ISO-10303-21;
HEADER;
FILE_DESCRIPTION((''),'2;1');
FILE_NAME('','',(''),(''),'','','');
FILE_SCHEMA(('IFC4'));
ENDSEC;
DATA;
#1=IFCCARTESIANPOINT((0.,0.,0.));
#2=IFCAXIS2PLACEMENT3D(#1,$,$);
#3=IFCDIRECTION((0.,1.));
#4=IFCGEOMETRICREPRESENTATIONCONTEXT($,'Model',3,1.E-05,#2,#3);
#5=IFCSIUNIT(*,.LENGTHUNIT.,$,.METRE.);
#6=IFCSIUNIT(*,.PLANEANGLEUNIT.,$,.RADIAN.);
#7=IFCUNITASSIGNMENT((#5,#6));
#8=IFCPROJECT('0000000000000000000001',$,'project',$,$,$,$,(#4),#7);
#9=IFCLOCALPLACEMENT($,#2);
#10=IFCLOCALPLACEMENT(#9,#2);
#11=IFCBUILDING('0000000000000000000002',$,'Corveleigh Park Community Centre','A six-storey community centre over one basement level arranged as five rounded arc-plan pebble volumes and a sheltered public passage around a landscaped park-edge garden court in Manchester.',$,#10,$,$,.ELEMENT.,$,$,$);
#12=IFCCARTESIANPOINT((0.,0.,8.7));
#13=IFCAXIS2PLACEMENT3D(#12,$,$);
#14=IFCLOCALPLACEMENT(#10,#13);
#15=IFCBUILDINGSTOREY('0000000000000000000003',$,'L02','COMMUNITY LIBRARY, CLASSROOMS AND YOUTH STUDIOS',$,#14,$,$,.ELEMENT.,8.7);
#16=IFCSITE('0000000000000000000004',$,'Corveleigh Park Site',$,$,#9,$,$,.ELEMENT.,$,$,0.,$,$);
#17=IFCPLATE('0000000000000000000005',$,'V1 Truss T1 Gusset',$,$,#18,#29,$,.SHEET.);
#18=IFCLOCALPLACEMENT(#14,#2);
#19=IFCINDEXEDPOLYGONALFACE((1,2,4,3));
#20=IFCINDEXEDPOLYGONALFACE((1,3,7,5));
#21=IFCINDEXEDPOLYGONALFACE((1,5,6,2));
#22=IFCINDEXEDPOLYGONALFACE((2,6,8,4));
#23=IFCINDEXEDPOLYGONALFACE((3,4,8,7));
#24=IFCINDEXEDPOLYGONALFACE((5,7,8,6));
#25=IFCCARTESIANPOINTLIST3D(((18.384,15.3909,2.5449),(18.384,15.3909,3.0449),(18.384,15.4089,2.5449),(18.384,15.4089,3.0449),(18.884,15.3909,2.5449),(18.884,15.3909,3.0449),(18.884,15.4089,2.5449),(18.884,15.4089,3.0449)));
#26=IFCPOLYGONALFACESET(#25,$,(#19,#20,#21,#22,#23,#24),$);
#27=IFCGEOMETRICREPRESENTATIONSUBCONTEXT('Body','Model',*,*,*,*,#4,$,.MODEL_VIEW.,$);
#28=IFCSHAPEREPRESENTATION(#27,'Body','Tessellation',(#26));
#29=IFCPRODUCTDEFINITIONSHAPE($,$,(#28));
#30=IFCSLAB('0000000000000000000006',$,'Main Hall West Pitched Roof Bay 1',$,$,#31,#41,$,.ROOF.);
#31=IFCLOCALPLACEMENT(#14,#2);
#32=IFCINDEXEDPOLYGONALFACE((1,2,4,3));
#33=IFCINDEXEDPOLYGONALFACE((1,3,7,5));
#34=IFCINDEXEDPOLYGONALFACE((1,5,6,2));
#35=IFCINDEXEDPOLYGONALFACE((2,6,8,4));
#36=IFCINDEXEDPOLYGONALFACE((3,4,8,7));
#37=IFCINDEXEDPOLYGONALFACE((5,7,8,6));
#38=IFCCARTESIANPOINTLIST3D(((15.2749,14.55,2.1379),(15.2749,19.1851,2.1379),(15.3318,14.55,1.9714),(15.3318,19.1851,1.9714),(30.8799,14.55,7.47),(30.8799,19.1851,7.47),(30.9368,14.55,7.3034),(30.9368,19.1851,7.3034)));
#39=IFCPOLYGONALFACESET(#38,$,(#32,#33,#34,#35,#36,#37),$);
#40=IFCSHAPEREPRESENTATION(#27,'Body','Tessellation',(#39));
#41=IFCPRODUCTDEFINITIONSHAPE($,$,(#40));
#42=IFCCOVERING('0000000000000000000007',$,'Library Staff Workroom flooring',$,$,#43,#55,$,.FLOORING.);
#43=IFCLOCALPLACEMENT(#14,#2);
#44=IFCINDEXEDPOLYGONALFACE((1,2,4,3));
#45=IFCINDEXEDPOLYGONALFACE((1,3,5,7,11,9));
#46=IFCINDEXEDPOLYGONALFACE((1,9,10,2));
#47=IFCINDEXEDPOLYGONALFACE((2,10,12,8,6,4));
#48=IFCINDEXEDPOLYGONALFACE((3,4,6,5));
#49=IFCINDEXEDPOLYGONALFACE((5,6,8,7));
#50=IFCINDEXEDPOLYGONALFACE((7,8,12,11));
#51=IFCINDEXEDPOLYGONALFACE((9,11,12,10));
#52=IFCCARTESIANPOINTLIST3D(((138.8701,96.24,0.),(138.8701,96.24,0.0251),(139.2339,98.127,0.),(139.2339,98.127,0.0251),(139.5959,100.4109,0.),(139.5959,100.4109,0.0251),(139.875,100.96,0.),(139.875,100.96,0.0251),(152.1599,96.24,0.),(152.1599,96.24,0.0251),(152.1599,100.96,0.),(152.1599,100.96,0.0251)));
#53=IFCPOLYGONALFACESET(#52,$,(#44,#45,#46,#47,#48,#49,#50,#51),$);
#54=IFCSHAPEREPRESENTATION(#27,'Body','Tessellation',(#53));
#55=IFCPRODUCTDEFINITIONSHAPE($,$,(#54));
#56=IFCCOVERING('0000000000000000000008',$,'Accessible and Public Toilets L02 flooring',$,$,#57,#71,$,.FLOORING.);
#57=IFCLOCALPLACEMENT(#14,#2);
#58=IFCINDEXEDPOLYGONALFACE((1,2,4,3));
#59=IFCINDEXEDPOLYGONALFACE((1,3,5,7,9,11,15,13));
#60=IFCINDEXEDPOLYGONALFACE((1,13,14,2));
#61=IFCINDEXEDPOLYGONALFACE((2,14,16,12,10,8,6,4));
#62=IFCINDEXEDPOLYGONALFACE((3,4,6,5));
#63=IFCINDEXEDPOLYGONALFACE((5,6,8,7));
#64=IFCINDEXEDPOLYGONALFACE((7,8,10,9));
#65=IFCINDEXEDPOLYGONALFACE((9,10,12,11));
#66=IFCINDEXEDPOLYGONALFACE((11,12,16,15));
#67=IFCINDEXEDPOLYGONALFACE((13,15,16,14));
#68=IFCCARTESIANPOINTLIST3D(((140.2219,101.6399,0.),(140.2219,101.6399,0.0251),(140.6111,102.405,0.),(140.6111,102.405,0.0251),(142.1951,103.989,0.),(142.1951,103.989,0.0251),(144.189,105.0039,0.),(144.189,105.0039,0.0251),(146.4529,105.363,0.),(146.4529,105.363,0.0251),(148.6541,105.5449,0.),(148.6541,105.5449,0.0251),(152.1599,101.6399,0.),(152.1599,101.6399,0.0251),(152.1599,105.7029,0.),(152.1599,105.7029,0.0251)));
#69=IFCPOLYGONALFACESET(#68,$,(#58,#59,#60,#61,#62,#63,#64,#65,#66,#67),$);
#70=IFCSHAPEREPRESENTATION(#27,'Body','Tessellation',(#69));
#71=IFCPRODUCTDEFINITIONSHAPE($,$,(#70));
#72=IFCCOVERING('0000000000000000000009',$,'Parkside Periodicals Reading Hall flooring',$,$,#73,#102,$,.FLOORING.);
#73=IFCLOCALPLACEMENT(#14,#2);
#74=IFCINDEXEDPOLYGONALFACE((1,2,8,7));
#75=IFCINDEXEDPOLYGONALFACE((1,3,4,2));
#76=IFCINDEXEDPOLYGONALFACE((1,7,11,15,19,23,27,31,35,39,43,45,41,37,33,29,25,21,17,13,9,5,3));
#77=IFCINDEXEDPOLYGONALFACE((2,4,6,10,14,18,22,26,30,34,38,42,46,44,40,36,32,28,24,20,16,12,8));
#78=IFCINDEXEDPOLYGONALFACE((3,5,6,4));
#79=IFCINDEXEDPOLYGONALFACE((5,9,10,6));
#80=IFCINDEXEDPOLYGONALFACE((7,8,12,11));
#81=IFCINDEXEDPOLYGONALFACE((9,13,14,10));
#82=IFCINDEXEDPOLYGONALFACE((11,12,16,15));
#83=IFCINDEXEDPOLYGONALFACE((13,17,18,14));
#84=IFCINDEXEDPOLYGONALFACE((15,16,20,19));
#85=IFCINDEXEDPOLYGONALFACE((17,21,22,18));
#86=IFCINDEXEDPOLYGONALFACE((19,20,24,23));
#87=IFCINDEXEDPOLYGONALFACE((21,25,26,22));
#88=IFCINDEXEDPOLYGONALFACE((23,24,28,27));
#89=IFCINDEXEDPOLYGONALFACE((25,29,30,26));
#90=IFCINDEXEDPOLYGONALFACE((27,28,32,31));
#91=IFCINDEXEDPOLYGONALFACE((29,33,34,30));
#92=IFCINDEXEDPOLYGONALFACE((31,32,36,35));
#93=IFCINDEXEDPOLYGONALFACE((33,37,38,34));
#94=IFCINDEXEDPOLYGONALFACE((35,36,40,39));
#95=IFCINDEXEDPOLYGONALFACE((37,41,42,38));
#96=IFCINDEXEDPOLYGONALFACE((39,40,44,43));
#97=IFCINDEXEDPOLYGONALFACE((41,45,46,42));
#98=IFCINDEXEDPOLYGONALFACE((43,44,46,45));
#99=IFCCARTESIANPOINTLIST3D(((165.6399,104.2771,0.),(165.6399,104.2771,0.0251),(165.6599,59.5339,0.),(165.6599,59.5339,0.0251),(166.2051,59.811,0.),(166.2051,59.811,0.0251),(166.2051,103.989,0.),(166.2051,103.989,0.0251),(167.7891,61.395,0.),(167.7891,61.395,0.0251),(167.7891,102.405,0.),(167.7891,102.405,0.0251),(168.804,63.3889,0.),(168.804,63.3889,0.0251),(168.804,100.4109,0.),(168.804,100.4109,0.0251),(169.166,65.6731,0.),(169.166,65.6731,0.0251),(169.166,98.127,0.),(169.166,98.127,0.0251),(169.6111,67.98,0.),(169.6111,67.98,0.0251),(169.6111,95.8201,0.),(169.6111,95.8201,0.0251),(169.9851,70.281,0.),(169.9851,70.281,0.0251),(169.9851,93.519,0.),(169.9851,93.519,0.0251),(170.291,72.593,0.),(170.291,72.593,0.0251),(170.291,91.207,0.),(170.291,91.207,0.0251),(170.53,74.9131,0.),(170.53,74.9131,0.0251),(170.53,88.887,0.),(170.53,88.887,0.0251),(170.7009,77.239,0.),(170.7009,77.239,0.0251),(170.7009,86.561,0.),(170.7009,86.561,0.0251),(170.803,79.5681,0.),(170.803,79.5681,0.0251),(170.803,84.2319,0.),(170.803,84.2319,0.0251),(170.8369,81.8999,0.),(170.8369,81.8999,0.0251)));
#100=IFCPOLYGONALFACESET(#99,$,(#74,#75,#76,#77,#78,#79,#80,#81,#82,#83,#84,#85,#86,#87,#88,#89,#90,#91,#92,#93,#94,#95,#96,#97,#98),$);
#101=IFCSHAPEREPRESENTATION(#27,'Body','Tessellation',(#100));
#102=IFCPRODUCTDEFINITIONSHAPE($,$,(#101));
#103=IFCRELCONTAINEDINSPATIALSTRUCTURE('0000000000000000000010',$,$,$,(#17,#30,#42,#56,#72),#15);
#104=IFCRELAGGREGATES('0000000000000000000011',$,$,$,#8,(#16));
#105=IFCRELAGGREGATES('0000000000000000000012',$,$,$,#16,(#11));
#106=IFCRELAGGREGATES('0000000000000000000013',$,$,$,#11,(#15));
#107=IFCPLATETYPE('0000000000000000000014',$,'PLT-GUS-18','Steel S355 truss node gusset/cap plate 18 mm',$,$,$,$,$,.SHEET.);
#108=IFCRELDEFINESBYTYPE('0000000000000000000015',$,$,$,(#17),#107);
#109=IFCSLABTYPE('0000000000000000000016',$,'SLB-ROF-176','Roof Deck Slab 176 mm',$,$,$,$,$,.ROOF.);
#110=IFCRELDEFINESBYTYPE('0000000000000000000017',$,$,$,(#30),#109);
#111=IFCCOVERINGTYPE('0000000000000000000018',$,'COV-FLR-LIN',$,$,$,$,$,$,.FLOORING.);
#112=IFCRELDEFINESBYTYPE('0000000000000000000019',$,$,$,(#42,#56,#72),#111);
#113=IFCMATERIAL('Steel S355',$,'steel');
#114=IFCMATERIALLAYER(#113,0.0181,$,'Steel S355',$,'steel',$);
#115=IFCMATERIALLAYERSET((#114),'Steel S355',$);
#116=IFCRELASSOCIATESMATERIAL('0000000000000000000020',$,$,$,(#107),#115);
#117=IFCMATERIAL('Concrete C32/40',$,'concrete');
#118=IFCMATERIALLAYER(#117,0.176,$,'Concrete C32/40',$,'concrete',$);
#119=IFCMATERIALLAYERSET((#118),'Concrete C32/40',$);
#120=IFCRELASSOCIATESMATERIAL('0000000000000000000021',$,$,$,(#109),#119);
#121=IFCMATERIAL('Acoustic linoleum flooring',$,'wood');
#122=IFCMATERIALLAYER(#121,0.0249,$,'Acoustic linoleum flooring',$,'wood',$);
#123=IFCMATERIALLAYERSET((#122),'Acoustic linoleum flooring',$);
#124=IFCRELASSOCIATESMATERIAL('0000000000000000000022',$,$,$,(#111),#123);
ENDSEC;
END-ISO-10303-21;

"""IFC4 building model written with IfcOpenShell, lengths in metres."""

from ifc_helpers import new_model, si_unit, direction, frame, origin, origin_2d, place, context, subcontext, project, spatial, polyline, rectangle, outline, extrude, material, layer, layer_set, type_object, element, save


model = new_model("IFC4")

# Units and contexts
model_context = context("Model", 3, precision=1e-05, world=origin(), true_north=direction((0.0, 1.0)))
body_context = subcontext(model_context, "Body", "Model", "MODEL_VIEW")
ifc_project = project(units=[si_unit("LENGTHUNIT", "METRE"), si_unit("PLANEANGLEUNIT", "RADIAN")], contexts=[model_context])

# Site, building, storey
site_placement = place(None, origin())
site = spatial("IfcSite", under=ifc_project, at=site_placement, Name="Corveleigh Park Site", CompositionType="ELEMENT", RefElevation=0.0)
building_placement = place(site_placement, origin())
building = spatial("IfcBuilding", under=site, at=building_placement, Name="Corveleigh Park Community Centre", Description="A six-storey community centre over one basement level arranged as five rounded arc-plan pebble volumes and a sheltered public passage around a landscaped park-edge garden court in Manchester.", CompositionType="ELEMENT")
storey_placement = place(building_placement, frame((0.0, 0.0, 8.7)))
storey = spatial("IfcBuildingStorey", under=building, at=storey_placement, Name="L02", Description="COMMUNITY LIBRARY, CLASSROOMS AND YOUTH STUDIOS", CompositionType="ELEMENT", Elevation=8.7)

# Shared definitions
ifc_material_1 = material(Name="Steel S355", Category="steel")

# Plate
ifc_layer_1 = layer(ifc_material_1, 0.0181, Name="Steel S355", Category="steel")
ifc_layer_set_1 = layer_set([ifc_layer_1], Name="Steel S355")
plate_type_1 = type_object("IfcPlateType", Name="PLT-GUS-18", Description="Steel S355 truss node gusset/cap plate 18 mm", PredefinedType="SHEET", material=ifc_layer_set_1)
plate_1_placement = place(storey_placement, frame((18.634, 15.3999, 2.5449), z_axis=(0.0, 0.0, 1.0), x_axis=(1.0, 0.0, 0.0)))
element("IfcPlate", 1, at=plate_1_placement, inside=storey, type_object=plate_type_1, Name="V1 Truss T1 Gusset", PredefinedType="SHEET", context=body_context, shape_type="SweptSolid", body=[
    extrude(rectangle(XDim=0.5, YDim=0.0181, at=origin_2d()), origin(), (0.0, 0.0, 1.0), 0.5),
])

# Slab
ifc_material_2 = material(Name="Concrete C32/40", Category="concrete")
ifc_layer_2 = layer(ifc_material_2, 0.176, Name="Concrete C32/40", Category="concrete")
ifc_layer_set_2 = layer_set([ifc_layer_2], Name="Concrete C32/40")
slab_type = type_object("IfcSlabType", Name="SLB-ROF-176", Description="Roof Deck Slab 176 mm", PredefinedType="ROOF", material=ifc_layer_set_2)
slab_placement = place(storey_placement, frame((15.2749, 14.55, 2.1379), z_axis=(-0.323334, 0.0, 0.946285), x_axis=(0.946285, 0.0, 0.323334)))
element("IfcSlab", 2, at=slab_placement, inside=storey, type_object=slab_type, Name="Main Hall West Pitched Roof Bay 1", PredefinedType="ROOF", context=body_context, shape_type="SweptSolid", body=[
    extrude(outline(polyline([(0.0, 0.0), (16.4908, 0.0), (16.4908, 4.635), (0.0, 4.635), (0.0, 0.0)])), origin(), (0.0, 0.0, -1.0), 0.176),
])

# Coverings
ifc_material_3 = material(Name="Acoustic linoleum flooring", Category="wood")
ifc_layer_3 = layer(ifc_material_3, 0.0249, Name="Acoustic linoleum flooring", Category="wood")
ifc_layer_set_3 = layer_set([ifc_layer_3], Name="Acoustic linoleum flooring")
covering_type = type_object("IfcCoveringType", Name="COV-FLR-LIN", PredefinedType="FLOORING", material=ifc_layer_set_3)
covering_1_placement = place(storey_placement, origin())
element("IfcCovering", 3, at=covering_1_placement, inside=storey, type_object=covering_type, Name="Library Staff Workroom flooring", PredefinedType="FLOORING", context=body_context, shape_type="SweptSolid", body=[
    extrude(outline(polyline([(139.2339, 98.127), (139.5959, 100.4109), (139.875, 100.96), (152.1599, 100.96), (152.1599, 96.24), (138.8701, 96.24), (139.2339, 98.127)])), origin(), (0.0, 0.0, 1.0), 0.0251),
])
covering_2_placement = place(storey_placement, origin())
element("IfcCovering", 4, at=covering_2_placement, inside=storey, type_object=covering_type, Name="Accessible and Public Toilets L02 flooring", PredefinedType="FLOORING", context=body_context, shape_type="SweptSolid", body=[
    extrude(outline(polyline([(146.4529, 105.363), (148.6541, 105.5449), (152.1599, 105.7029), (152.1599, 101.6399), (140.2219, 101.6399), (140.6111, 102.405), (142.1951, 103.989), (144.189, 105.0039), (146.4529, 105.363)])), origin(), (0.0, 0.0, 1.0), 0.0251),
])
covering_3_placement = place(storey_placement, origin())
element("IfcCovering", 5, at=covering_3_placement, inside=storey, type_object=covering_type, Name="Parkside Periodicals Reading Hall flooring", PredefinedType="FLOORING", context=body_context, shape_type="SweptSolid", body=[
    extrude(outline(polyline([(165.6599, 59.5339), (165.6399, 104.2771), (166.2051, 103.989), (167.7891, 102.405), (168.804, 100.4109), (169.166, 98.127), (169.6111, 95.8201), (169.9851, 93.519), (170.291, 91.207), (170.53, 88.887), (170.7009, 86.561), (170.803, 84.2319), (170.8369, 81.8999), (170.803, 79.5681), (170.7009, 77.239), (170.53, 74.9131), (170.291, 72.593), (169.9851, 70.281), (169.6111, 67.98), (169.166, 65.6731), (168.804, 63.3889), (167.7891, 61.395), (166.2051, 59.811), (165.6599, 59.5339)])), origin(), (0.0, 0.0, 1.0), 0.0251),
])

save(model, "model.ifc")
